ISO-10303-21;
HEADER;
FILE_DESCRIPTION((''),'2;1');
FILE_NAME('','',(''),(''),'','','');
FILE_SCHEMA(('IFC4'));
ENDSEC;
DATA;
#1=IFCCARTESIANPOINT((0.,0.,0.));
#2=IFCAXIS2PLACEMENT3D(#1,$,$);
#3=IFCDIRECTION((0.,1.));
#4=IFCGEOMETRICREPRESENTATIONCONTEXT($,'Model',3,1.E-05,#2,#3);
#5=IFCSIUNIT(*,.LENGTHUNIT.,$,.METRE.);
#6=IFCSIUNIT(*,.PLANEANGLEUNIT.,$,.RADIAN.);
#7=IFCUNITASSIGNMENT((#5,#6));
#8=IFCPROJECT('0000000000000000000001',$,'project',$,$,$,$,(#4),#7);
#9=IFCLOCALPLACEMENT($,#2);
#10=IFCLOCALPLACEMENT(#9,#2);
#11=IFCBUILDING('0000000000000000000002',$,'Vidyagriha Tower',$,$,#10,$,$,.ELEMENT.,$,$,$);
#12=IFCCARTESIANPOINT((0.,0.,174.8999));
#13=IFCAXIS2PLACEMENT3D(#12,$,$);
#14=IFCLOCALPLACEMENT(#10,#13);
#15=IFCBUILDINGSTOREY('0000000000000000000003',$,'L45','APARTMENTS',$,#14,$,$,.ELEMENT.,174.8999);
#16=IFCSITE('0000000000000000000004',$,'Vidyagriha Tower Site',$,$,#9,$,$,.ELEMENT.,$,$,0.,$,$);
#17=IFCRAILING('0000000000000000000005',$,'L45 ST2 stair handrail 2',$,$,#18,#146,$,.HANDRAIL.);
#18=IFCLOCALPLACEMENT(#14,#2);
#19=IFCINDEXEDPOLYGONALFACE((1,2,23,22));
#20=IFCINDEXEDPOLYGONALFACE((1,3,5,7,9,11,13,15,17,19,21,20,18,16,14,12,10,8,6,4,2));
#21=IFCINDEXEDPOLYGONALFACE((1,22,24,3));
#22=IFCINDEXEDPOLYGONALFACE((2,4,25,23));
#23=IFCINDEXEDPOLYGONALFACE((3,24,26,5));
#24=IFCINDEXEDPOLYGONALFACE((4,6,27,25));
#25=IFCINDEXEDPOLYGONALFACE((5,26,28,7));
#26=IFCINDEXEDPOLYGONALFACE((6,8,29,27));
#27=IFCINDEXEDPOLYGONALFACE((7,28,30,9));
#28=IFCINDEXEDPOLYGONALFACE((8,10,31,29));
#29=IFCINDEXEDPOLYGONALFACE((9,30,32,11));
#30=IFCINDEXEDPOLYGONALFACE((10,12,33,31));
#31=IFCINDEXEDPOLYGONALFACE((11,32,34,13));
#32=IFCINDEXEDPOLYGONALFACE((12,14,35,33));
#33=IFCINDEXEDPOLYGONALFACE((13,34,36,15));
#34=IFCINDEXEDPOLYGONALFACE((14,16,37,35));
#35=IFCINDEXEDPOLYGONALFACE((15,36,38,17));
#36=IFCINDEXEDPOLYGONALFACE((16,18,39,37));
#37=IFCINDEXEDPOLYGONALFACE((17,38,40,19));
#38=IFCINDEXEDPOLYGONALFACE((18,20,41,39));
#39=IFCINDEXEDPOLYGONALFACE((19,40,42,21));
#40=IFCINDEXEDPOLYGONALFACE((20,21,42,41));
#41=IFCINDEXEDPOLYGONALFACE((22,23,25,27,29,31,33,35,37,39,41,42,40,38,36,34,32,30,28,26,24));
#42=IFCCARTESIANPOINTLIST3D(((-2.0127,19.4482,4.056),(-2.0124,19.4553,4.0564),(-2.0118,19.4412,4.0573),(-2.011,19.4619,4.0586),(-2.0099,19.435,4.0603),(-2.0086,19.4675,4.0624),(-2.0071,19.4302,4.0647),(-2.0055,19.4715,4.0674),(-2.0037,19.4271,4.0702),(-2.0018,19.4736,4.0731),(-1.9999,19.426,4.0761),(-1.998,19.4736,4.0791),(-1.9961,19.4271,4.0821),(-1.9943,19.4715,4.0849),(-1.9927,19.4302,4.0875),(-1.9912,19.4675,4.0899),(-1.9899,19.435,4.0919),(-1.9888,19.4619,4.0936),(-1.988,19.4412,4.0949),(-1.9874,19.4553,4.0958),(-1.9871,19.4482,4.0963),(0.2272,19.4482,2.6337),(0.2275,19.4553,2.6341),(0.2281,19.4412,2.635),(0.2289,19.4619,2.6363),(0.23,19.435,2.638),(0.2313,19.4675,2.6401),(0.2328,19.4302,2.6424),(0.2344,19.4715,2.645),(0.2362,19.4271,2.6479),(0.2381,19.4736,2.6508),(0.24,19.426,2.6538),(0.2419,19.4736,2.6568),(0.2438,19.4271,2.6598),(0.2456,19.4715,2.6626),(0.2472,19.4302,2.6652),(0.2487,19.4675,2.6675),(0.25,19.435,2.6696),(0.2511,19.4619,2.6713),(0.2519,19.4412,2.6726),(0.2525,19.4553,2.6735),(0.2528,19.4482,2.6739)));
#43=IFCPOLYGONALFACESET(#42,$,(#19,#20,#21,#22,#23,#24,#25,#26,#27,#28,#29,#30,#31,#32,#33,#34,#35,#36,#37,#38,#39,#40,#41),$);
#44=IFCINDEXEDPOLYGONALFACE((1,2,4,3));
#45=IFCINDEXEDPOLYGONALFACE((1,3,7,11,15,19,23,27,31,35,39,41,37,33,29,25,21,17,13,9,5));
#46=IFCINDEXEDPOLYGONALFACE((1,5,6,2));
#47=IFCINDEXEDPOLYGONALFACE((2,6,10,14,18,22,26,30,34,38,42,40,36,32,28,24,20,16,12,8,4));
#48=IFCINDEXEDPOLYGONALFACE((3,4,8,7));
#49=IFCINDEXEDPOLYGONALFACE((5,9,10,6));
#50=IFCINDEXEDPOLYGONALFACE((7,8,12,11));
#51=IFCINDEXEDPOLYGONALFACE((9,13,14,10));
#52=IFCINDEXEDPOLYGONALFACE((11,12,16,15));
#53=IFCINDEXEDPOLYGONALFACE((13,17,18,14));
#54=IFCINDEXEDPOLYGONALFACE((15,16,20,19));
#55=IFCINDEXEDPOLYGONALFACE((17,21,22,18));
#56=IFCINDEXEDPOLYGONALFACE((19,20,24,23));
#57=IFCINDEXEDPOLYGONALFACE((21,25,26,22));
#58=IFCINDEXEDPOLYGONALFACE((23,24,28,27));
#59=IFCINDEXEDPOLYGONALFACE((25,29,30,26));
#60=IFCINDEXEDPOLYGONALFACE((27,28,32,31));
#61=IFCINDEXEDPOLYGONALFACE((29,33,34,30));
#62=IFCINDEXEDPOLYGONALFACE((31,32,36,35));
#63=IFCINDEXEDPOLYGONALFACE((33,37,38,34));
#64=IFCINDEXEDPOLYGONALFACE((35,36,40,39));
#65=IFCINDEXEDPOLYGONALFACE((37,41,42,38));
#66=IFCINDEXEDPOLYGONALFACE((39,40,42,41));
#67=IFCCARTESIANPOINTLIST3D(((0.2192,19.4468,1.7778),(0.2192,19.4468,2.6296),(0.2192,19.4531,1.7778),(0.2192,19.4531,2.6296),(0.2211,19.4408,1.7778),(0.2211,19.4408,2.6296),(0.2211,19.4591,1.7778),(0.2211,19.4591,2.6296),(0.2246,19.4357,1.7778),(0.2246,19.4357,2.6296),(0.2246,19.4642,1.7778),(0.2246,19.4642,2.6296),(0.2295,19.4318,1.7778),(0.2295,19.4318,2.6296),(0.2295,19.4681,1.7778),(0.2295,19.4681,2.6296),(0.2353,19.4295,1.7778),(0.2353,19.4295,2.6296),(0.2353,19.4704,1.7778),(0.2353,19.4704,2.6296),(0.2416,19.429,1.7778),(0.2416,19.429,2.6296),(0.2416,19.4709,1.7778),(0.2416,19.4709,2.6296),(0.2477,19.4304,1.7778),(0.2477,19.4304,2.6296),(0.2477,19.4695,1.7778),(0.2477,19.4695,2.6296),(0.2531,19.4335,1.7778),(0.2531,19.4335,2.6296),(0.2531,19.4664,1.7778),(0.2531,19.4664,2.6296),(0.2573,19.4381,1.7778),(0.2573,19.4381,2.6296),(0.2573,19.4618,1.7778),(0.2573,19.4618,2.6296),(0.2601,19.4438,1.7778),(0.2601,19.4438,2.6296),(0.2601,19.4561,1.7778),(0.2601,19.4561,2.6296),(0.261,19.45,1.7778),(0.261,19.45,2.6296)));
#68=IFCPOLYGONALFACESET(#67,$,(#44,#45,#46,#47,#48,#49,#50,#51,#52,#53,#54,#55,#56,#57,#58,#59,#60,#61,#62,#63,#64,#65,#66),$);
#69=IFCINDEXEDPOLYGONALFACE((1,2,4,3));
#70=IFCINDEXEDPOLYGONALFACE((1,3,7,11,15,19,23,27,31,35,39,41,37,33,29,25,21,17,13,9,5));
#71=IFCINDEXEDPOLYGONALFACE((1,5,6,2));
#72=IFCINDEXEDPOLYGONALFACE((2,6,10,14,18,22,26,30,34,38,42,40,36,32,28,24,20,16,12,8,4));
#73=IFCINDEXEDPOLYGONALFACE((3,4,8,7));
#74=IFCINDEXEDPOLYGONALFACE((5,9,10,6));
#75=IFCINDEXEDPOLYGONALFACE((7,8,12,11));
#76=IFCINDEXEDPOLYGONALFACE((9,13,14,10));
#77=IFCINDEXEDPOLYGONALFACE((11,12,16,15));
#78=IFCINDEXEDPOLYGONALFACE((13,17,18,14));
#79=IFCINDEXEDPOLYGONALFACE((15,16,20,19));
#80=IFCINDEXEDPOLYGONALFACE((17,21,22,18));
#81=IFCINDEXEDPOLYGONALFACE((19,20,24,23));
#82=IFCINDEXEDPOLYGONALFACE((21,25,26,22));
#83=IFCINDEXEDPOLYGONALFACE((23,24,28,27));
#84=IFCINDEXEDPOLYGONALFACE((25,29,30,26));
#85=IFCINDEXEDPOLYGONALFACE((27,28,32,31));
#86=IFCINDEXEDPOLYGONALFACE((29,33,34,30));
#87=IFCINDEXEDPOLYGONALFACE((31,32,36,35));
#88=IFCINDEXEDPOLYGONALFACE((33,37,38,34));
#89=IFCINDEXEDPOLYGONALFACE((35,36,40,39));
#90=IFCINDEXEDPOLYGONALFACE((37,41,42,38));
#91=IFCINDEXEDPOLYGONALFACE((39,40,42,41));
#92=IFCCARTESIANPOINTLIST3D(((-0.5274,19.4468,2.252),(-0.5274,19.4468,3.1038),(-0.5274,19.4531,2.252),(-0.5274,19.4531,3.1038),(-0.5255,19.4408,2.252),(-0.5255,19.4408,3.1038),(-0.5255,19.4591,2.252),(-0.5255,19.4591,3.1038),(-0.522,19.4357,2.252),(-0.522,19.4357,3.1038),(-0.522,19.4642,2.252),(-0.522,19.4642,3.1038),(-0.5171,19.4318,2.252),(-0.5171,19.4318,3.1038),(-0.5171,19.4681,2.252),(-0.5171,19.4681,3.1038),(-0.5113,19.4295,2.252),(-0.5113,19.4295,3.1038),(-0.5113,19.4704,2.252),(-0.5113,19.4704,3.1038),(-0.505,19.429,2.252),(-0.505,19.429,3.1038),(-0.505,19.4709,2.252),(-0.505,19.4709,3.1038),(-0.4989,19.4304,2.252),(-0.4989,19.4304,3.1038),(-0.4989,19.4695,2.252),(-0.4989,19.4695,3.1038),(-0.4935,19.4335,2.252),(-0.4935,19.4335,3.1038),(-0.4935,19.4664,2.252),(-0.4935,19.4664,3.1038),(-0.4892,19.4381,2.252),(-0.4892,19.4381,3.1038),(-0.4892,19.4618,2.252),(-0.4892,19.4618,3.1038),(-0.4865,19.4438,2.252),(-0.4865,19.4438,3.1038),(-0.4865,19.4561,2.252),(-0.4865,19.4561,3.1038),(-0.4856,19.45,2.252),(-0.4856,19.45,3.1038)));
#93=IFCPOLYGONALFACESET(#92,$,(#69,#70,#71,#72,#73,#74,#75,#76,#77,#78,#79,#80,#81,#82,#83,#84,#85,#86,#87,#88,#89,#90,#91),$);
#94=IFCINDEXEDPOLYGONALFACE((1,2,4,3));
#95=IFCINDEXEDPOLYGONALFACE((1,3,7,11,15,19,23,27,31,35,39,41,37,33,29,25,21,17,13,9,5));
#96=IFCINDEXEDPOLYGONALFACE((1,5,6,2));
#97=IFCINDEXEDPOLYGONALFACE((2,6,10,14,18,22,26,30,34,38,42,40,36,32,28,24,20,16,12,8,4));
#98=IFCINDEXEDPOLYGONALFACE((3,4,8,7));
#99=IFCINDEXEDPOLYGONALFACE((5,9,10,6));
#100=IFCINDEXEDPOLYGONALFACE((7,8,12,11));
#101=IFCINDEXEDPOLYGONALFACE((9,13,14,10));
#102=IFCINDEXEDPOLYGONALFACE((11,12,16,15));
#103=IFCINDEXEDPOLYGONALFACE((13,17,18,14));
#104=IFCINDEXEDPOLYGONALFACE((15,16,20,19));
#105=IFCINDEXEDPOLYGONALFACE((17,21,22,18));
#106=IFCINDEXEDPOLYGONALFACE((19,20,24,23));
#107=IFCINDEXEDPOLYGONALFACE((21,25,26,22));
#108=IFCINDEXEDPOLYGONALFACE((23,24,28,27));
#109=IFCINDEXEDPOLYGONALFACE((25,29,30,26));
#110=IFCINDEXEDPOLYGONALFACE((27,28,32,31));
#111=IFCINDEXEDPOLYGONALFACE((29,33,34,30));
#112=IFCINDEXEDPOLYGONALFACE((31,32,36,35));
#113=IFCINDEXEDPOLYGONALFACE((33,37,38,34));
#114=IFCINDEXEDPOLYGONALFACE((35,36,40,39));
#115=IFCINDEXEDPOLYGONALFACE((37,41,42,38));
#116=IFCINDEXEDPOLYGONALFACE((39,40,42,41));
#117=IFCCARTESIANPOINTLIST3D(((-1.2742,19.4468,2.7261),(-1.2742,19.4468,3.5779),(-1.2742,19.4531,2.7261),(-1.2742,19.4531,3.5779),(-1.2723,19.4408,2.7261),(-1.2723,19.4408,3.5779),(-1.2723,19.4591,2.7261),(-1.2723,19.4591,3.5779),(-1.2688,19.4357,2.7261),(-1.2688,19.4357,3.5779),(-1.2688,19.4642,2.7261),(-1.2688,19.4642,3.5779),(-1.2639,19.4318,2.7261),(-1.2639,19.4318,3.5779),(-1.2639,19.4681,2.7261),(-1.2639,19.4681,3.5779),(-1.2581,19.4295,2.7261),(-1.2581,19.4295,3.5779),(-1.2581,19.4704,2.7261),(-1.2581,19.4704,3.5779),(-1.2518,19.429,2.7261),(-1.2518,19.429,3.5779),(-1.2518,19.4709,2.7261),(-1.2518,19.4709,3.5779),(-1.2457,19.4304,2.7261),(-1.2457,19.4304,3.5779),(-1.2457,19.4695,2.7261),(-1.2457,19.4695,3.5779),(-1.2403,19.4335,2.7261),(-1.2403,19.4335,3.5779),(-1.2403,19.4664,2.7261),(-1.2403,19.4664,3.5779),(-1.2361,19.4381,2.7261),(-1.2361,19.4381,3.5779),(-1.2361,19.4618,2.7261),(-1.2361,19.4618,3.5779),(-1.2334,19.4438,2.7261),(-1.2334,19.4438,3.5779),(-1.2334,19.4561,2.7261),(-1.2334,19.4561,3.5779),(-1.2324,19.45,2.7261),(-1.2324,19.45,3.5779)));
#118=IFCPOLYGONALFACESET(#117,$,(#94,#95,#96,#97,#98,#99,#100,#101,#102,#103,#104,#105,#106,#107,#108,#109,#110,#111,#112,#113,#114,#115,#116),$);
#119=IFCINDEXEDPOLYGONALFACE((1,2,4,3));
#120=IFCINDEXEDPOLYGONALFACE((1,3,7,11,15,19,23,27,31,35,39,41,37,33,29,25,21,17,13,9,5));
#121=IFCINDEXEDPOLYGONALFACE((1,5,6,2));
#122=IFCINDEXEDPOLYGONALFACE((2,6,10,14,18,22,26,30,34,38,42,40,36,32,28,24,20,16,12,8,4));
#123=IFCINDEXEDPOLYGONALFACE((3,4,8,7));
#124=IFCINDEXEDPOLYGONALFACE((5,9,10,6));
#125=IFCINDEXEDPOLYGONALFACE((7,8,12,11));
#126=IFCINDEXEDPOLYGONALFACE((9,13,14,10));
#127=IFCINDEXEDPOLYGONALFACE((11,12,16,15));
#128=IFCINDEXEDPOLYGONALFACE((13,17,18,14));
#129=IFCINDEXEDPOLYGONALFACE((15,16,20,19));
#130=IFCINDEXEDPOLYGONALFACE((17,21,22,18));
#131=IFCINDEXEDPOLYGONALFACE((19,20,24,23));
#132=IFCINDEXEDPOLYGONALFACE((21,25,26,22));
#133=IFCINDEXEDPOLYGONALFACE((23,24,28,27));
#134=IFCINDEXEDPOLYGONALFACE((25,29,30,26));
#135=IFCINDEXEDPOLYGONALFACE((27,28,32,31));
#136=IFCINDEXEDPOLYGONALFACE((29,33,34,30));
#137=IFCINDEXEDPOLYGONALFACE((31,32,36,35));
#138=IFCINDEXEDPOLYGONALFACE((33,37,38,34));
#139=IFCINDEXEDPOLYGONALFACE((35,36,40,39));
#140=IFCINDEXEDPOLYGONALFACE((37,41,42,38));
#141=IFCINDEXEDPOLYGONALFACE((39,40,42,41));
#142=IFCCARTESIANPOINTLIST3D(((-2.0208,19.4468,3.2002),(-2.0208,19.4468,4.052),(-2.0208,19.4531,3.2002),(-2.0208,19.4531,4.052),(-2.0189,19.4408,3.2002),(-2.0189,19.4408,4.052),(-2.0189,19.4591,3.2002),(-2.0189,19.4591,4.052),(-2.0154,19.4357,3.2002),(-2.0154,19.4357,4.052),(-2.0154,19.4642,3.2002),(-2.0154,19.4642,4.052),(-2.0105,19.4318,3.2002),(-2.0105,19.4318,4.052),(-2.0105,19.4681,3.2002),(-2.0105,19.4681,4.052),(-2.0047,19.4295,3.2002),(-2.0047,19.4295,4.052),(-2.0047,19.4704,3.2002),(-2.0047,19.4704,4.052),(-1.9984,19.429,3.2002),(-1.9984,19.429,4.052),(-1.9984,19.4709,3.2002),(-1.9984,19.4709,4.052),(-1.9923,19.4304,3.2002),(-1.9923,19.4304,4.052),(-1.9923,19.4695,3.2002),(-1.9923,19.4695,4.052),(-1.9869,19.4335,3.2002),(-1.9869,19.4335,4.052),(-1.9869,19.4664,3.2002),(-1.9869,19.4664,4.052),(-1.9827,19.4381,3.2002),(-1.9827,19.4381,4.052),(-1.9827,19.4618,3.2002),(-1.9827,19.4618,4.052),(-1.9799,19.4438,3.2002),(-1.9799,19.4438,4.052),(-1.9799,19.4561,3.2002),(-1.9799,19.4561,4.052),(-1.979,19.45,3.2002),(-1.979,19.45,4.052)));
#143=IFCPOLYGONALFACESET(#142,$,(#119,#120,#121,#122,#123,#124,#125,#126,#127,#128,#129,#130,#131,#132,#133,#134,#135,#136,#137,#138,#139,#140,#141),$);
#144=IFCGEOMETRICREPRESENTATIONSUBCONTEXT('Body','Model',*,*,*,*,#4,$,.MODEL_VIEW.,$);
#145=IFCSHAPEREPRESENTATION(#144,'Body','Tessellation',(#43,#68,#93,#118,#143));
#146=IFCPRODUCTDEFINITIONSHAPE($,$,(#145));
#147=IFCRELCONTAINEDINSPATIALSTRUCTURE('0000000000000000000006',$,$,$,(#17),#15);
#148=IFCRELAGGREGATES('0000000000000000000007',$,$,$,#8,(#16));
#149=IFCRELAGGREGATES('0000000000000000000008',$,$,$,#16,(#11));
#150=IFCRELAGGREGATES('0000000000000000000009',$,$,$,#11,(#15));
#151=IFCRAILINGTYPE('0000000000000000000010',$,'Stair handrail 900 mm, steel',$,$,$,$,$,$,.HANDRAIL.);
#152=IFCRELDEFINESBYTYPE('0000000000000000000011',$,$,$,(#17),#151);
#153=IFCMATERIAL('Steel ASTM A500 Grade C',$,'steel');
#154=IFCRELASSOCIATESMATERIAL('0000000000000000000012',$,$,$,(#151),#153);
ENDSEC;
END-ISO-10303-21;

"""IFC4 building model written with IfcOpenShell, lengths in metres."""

from ifc_helpers import new_model, si_unit, direction, frame, origin, origin_2d, place, context, subcontext, project, spatial, circle, extrude, material, type_object, element, save


model = new_model("IFC4")

# Units and contexts
model_context = context("Model", 3, precision=1e-05, world=origin(), true_north=direction((0.0, 1.0)))
body_context = subcontext(model_context, "Body", "Model", "MODEL_VIEW")
ifc_project = project(units=[si_unit("LENGTHUNIT", "METRE"), si_unit("PLANEANGLEUNIT", "RADIAN")], contexts=[model_context])

# Site, building, storey
site_placement = place(None, origin())
site = spatial("IfcSite", under=ifc_project, at=site_placement, Name="Vidyagriha Tower Site", CompositionType="ELEMENT", RefElevation=0.0)
building_placement = place(site_placement, origin())
building = spatial("IfcBuilding", under=site, at=building_placement, Name="Vidyagriha Tower", CompositionType="ELEMENT")
storey_placement = place(building_placement, frame((0.0, 0.0, 174.8999)))
storey = spatial("IfcBuildingStorey", under=building, at=storey_placement, Name="L45", Description="APARTMENTS", CompositionType="ELEMENT", Elevation=174.8999)

# Railing
ifc_material_1 = material(Name="Steel ASTM A500 Grade C", Category="steel")
railing_type_1 = type_object("IfcRailingType", Name="Stair handrail 900 mm, steel", PredefinedType="HANDRAIL", material=ifc_material_1)
railing_1_placement = place(storey_placement, frame((0.24, 19.45, 1.7778)))
element("IfcRailing", 1, at=railing_1_placement, inside=storey, type_object=railing_type_1, Name="L45 ST2 stair handrail 2", PredefinedType="HANDRAIL", context=body_context, shape_type="SweptSolid", body=[
    extrude(circle(Radius=0.0239, at=origin_2d()), frame((0.0, 0.0, 0.876), z_axis=(-0.844188, 0.0, 0.536048), x_axis=(0.0, -1.0, 0.0)), (0.0, 0.0, 1.0), 2.6533),
    extrude(circle(Radius=0.021, at=origin_2d()), origin(), (0.0, 0.0, 1.0), 0.8518),
    extrude(circle(Radius=0.021, at=origin_2d()), frame((-0.7466, 0.0, 0.4741)), (0.0, 0.0, 1.0), 0.8518),
    extrude(circle(Radius=0.021, at=origin_2d()), frame((-1.4934, 0.0, 0.9482)), (0.0, 0.0, 1.0), 0.8518),
    extrude(circle(Radius=0.021, at=origin_2d()), frame((-2.24, 0.0, 1.4224)), (0.0, 0.0, 1.0), 0.8518),
])

save(model, "model.ifc")
